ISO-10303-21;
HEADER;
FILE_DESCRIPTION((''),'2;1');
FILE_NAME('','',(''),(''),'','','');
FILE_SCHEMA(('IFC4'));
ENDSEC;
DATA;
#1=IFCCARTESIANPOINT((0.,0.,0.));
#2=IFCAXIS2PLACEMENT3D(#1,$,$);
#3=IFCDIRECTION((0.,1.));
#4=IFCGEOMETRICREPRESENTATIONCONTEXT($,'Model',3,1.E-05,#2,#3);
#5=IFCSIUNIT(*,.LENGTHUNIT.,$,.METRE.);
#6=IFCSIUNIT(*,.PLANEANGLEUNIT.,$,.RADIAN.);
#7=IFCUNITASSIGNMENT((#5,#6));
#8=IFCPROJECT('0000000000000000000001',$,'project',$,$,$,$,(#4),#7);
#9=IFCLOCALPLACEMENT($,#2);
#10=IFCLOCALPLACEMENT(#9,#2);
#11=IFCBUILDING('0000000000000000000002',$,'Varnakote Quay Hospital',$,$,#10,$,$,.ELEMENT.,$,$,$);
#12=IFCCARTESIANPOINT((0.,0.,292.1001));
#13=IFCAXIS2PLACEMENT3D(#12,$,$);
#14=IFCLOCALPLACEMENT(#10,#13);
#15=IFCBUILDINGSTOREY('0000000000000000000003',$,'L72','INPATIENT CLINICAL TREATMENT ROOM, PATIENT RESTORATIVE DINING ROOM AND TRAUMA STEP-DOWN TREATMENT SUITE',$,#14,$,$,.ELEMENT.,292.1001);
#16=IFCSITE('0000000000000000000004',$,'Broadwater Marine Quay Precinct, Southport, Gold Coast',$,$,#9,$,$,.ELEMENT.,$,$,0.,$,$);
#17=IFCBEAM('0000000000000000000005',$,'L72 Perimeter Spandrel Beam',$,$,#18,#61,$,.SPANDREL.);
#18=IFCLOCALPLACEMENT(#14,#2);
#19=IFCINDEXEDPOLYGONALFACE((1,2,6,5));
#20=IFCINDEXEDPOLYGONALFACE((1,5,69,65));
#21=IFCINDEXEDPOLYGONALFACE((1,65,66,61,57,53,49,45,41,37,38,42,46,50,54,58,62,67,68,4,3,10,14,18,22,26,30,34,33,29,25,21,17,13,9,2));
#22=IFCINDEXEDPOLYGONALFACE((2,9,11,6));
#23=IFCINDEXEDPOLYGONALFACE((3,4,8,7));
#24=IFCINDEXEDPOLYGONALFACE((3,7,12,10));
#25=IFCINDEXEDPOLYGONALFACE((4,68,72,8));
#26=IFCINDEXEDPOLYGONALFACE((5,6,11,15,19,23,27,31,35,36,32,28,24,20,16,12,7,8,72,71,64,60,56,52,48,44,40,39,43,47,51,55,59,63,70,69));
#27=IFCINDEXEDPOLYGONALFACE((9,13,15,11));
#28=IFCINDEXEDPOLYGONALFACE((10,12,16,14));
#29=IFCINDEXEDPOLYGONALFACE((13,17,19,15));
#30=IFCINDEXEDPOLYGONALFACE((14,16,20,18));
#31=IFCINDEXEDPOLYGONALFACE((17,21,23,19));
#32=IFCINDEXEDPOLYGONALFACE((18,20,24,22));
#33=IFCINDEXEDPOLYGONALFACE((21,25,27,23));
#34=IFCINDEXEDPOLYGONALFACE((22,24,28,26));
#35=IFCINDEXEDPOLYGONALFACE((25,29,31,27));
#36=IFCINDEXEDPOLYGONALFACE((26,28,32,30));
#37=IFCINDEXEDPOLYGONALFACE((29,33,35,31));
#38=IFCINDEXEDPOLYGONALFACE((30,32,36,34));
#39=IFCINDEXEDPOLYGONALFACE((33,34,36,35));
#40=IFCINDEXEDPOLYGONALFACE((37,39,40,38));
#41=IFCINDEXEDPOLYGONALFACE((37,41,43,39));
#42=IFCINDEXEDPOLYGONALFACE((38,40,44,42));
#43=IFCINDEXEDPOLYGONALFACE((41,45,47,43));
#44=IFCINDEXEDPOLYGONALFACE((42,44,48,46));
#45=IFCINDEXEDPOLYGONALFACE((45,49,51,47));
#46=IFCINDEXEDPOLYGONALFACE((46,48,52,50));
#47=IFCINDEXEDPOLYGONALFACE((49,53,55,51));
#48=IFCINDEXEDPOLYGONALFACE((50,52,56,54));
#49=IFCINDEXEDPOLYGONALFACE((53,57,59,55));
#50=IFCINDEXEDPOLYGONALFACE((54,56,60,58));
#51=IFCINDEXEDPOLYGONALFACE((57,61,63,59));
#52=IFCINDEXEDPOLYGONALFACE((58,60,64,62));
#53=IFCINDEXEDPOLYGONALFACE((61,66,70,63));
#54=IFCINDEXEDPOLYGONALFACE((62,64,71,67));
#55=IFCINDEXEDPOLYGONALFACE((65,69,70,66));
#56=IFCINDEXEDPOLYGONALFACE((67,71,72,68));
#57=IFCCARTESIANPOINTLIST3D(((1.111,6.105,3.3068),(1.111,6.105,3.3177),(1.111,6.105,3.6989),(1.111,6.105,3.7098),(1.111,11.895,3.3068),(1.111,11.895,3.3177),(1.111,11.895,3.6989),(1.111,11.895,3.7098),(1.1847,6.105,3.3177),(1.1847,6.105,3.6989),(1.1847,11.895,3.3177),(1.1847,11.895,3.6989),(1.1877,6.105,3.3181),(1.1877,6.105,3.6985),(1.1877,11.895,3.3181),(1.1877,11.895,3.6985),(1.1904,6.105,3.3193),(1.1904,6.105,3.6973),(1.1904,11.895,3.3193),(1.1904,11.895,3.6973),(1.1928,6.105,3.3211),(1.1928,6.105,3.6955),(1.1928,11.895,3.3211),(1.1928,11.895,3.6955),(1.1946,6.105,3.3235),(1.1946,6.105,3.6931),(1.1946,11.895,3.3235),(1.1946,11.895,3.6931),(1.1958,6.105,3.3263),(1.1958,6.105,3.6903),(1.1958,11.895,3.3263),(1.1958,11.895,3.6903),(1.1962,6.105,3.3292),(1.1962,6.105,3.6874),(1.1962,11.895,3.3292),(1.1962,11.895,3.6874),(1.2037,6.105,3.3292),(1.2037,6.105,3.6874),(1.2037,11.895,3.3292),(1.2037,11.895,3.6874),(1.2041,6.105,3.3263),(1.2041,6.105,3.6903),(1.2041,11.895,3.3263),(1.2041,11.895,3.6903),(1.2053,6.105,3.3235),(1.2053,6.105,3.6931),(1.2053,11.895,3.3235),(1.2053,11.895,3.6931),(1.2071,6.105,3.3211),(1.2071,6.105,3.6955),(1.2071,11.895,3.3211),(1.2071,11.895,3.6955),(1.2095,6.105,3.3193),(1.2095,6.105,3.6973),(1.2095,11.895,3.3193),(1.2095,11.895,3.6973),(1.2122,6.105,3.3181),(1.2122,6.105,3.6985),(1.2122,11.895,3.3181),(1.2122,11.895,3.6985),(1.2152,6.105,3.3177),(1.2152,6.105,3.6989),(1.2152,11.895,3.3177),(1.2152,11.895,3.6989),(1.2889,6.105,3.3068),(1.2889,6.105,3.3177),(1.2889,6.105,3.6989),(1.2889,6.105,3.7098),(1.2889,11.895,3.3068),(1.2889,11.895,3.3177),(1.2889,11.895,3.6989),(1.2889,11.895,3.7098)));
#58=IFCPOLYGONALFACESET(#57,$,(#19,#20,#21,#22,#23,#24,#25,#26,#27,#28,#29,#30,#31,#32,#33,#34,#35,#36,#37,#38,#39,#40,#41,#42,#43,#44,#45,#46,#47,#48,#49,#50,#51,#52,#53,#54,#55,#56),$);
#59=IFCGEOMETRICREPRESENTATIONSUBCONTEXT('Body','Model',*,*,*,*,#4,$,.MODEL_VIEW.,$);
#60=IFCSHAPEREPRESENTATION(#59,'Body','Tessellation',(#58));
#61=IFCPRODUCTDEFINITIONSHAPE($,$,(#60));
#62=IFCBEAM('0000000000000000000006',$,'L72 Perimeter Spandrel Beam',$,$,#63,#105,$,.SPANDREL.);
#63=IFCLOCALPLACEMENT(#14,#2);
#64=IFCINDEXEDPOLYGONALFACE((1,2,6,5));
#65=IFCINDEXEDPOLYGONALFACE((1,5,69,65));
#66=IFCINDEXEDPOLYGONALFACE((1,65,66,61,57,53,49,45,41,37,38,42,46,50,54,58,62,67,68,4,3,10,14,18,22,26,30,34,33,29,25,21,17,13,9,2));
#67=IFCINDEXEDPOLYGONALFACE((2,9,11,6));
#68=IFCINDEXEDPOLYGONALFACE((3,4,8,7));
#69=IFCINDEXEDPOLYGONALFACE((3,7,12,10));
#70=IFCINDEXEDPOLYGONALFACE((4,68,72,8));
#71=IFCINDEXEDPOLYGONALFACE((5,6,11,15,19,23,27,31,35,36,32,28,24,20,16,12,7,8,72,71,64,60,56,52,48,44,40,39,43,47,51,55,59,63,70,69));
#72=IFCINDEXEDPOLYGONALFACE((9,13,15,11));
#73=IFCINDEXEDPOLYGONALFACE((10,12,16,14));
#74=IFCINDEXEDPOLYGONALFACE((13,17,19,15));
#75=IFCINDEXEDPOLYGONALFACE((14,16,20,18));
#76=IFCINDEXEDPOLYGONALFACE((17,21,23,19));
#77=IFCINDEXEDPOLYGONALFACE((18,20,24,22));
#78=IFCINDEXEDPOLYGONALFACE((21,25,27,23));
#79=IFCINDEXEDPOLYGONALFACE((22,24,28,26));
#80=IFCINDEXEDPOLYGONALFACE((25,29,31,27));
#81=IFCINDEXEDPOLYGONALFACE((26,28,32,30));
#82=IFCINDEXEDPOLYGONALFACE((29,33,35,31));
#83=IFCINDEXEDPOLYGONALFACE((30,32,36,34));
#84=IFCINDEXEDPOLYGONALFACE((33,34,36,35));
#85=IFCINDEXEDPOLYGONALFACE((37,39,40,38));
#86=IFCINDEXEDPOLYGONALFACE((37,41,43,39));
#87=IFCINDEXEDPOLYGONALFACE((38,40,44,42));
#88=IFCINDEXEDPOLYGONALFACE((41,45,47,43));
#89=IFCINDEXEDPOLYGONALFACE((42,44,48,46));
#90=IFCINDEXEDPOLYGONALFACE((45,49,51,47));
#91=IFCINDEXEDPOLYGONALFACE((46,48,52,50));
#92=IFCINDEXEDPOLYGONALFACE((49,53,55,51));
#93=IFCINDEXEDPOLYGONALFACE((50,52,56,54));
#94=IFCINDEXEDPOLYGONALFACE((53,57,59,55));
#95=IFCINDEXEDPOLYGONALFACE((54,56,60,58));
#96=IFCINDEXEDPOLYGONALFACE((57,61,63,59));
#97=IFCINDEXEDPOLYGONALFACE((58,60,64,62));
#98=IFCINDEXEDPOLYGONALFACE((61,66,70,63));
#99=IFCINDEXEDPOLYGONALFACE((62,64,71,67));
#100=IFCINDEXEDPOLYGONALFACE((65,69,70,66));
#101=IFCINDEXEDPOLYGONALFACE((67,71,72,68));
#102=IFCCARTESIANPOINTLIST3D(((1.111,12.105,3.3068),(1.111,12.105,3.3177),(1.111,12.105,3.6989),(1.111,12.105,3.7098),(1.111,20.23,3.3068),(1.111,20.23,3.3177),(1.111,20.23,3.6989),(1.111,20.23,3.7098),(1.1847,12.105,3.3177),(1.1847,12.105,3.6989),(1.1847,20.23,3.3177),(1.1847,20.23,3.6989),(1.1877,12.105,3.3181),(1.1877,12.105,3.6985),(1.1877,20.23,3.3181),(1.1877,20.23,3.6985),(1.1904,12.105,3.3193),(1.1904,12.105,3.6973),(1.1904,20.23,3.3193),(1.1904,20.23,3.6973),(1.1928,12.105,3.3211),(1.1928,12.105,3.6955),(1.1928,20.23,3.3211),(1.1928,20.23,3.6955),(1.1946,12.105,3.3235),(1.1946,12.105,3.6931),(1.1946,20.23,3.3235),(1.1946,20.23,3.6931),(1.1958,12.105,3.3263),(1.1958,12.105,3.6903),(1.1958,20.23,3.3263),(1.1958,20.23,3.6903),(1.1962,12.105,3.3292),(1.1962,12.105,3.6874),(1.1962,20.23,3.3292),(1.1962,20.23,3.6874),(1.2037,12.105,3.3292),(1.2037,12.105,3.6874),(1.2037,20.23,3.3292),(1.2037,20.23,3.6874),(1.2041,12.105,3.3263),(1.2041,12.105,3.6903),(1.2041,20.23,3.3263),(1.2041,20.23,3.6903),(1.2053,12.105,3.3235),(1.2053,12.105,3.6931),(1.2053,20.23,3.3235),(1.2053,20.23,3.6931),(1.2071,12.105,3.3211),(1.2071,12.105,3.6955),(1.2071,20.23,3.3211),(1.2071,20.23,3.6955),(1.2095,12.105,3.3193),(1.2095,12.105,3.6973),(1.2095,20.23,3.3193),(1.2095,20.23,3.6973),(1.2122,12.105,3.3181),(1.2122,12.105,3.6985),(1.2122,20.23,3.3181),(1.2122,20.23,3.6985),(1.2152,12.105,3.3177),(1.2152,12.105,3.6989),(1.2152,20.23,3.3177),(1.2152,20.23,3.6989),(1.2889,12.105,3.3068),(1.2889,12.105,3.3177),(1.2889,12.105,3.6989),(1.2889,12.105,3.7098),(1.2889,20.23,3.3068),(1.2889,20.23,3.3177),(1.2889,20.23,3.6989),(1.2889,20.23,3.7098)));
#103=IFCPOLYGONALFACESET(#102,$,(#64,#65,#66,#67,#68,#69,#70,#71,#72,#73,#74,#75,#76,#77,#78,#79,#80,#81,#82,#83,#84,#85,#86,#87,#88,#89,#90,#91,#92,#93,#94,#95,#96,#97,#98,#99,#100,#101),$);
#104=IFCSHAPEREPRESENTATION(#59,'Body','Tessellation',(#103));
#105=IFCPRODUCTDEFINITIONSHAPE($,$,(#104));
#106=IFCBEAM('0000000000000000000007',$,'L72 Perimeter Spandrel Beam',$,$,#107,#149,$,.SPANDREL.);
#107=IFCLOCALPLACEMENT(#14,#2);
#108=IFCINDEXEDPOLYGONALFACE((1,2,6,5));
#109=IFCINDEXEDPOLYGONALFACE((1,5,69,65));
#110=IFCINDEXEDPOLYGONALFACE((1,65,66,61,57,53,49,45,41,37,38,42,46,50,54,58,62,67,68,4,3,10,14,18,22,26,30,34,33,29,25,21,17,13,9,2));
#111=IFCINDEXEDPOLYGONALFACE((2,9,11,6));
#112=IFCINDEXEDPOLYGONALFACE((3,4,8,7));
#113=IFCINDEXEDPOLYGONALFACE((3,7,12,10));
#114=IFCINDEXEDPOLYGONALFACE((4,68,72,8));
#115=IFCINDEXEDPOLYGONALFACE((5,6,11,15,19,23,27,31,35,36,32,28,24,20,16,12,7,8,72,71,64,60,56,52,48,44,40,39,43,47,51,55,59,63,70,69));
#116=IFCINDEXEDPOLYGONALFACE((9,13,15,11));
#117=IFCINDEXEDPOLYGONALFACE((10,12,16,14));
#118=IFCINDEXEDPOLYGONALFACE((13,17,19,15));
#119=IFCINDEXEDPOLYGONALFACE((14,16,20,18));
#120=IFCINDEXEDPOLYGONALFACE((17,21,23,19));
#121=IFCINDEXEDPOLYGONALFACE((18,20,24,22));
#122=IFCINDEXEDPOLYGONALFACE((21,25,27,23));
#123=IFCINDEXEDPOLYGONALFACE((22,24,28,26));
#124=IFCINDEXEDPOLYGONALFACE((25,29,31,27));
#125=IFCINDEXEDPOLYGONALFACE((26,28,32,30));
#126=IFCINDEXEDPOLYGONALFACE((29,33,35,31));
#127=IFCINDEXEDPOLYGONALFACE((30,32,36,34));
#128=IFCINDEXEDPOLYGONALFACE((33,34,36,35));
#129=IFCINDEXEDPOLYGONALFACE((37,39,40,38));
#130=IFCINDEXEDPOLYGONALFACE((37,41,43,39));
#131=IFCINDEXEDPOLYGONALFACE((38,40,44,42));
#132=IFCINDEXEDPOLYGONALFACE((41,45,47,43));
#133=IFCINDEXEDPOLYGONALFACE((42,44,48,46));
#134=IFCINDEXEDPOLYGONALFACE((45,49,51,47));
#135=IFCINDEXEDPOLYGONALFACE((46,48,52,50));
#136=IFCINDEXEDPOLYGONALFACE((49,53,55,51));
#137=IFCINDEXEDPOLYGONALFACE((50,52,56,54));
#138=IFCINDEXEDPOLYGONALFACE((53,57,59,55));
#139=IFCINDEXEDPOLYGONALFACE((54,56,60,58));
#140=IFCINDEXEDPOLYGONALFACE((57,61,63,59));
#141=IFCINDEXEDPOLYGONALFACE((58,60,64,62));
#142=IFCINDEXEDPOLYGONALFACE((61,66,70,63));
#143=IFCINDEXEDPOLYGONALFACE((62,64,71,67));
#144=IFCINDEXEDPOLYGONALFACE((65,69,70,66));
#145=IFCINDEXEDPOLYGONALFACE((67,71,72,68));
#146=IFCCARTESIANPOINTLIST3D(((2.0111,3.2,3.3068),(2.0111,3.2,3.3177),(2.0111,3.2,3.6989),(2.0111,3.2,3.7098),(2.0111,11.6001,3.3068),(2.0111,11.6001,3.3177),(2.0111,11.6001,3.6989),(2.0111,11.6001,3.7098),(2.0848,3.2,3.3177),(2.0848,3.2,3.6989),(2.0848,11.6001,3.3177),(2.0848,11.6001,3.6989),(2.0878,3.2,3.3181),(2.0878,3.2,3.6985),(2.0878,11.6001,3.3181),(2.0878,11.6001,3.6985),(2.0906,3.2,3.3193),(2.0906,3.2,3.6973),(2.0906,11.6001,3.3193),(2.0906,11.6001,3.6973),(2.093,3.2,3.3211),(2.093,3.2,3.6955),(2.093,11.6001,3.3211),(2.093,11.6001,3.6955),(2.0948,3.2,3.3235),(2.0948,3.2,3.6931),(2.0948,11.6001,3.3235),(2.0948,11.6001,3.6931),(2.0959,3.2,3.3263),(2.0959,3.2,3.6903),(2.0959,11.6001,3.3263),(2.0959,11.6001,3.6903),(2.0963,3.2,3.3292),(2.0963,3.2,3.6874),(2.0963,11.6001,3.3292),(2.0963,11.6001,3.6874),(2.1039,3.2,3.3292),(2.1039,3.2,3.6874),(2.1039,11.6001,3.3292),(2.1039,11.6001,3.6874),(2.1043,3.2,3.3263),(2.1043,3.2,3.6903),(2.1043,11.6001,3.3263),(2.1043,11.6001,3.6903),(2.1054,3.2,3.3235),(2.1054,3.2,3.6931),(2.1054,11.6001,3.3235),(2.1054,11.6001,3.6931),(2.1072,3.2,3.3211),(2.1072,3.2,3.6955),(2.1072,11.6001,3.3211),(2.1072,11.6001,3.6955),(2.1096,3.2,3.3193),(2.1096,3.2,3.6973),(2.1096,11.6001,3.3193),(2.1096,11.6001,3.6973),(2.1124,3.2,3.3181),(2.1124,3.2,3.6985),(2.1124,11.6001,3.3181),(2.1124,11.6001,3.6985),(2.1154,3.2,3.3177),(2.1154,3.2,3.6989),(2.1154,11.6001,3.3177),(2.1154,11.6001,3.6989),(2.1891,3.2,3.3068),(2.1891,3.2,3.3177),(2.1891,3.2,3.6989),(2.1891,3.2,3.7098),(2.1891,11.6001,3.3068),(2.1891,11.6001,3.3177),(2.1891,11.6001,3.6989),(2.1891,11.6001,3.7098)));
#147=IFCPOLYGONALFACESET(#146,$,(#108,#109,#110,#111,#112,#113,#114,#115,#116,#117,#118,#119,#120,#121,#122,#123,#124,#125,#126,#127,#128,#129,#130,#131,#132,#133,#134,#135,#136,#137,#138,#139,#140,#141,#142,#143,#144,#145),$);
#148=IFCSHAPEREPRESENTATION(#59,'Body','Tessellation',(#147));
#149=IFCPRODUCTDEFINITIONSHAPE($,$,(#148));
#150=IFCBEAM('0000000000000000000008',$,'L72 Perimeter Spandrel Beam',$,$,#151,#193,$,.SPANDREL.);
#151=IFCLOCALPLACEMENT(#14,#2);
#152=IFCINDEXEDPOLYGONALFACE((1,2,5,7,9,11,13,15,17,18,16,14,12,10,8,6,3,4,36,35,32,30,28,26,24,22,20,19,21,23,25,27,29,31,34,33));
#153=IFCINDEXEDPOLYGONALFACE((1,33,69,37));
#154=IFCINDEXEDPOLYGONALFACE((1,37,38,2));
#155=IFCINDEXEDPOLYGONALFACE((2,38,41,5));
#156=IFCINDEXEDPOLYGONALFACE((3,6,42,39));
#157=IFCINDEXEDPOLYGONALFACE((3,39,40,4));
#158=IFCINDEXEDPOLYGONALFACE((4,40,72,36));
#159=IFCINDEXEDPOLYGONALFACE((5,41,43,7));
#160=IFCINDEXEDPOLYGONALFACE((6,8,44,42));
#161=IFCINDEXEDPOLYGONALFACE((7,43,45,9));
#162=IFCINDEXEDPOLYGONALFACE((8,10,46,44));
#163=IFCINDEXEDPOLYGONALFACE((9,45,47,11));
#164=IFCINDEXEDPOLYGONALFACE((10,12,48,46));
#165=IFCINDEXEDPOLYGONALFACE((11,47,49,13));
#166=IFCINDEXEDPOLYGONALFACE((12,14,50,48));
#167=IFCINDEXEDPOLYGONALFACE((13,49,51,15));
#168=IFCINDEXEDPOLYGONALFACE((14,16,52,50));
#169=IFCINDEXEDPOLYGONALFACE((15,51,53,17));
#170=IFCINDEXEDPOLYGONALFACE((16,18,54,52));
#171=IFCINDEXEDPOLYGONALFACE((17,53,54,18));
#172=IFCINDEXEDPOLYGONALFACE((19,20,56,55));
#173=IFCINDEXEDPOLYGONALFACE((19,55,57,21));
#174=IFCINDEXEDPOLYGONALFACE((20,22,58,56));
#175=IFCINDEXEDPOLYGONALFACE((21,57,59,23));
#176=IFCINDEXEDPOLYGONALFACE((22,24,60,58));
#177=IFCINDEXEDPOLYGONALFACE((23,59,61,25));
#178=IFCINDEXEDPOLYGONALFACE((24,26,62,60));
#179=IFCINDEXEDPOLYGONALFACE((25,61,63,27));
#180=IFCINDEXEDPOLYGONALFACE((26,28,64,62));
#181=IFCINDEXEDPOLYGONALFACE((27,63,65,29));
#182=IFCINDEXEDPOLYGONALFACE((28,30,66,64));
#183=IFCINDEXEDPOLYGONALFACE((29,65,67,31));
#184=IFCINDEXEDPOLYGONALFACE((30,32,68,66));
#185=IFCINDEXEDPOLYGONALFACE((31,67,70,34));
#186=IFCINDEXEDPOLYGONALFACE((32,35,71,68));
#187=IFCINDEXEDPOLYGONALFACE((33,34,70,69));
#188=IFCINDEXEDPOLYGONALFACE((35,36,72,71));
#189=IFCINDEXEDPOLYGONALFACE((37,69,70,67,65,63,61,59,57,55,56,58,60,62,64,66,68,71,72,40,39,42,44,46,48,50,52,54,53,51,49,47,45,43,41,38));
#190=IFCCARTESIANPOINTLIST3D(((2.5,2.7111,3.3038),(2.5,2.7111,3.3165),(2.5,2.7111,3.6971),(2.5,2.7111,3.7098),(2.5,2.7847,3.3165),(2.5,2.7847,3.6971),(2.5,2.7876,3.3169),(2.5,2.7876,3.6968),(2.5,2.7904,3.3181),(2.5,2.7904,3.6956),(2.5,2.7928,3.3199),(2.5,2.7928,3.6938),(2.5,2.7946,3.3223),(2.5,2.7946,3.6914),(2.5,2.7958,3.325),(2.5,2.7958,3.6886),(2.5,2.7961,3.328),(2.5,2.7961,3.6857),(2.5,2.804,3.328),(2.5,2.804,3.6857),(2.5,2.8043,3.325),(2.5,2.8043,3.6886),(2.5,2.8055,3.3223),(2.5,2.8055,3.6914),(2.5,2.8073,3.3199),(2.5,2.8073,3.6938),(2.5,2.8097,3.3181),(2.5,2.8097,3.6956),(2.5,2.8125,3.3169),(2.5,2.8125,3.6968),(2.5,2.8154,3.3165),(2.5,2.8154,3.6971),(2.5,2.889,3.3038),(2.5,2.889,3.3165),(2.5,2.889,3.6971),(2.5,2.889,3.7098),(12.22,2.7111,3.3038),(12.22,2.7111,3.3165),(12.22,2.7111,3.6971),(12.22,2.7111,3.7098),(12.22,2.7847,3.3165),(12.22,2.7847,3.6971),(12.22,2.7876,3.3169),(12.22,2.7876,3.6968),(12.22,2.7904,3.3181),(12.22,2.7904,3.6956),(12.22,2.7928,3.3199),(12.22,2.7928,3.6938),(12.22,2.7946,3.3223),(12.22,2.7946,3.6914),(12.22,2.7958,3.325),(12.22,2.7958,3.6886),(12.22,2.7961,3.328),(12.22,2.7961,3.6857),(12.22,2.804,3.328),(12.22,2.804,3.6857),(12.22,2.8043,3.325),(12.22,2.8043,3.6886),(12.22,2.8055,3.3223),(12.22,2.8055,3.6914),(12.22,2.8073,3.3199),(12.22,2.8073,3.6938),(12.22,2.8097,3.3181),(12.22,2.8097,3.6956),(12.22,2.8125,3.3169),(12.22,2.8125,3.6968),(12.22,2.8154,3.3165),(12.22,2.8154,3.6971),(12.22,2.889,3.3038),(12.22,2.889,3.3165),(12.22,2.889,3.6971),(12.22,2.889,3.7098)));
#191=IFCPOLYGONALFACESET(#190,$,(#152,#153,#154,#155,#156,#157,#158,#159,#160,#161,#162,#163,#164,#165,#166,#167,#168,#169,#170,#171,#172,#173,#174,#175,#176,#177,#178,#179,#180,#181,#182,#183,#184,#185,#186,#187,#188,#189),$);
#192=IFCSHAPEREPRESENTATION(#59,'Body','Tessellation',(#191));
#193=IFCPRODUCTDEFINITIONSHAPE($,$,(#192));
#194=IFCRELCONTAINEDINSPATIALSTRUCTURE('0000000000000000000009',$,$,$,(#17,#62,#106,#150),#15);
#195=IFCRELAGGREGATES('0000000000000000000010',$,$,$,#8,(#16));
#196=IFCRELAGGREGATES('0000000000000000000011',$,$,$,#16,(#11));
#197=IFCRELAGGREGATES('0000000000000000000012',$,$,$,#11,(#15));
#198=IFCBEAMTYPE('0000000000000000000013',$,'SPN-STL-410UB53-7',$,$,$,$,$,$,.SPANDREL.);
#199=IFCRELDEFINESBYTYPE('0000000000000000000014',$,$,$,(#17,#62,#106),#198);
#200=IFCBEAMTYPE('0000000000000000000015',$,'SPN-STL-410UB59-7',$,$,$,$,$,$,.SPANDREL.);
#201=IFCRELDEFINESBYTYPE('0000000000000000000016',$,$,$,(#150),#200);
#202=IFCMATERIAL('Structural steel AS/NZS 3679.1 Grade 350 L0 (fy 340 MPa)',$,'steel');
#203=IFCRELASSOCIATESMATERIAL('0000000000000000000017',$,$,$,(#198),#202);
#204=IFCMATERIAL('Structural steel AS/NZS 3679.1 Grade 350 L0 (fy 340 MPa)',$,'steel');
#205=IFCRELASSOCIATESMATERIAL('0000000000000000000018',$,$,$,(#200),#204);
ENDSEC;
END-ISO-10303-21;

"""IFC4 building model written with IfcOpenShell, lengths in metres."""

from ifc_helpers import new_model, si_unit, direction, frame, origin, origin_2d, place, context, subcontext, project, spatial, i_section, extrude, material, material_profile, profile_set, type_object, element, save


model = new_model("IFC4")

# Units and contexts
model_context = context("Model", 3, precision=1e-05, world=origin(), true_north=direction((0.0, 1.0)))
body_context = subcontext(model_context, "Body", "Model", "MODEL_VIEW")
ifc_project = project(units=[si_unit("LENGTHUNIT", "METRE"), si_unit("PLANEANGLEUNIT", "RADIAN")], contexts=[model_context])

# Site, building, storey
site_placement = place(None, origin())
site = spatial("IfcSite", under=ifc_project, at=site_placement, Name="Broadwater Marine Quay Precinct, Southport, Gold Coast", CompositionType="ELEMENT", RefElevation=0.0)
building_placement = place(site_placement, origin())
building = spatial("IfcBuilding", under=site, at=building_placement, Name="Varnakote Quay Hospital", CompositionType="ELEMENT")
storey_placement = place(building_placement, frame((0.0, 0.0, 292.1001)))
storey = spatial("IfcBuildingStorey", under=building, at=storey_placement, Name="L72", Description="INPATIENT CLINICAL TREATMENT ROOM, PATIENT RESTORATIVE DINING ROOM AND TRAUMA STEP-DOWN TREATMENT SUITE", CompositionType="ELEMENT", Elevation=292.1001)

# Beams
ifc_material_1 = material(Name="Structural steel AS/NZS 3679.1 Grade 350 L0 (fy 340 MPa)", Category="steel")
ifc_material_profile_1 = material_profile(ifc_material_1, i_section(OverallWidth=0.178, OverallDepth=0.4031, WebThickness=0.0076, FlangeThickness=0.011, FilletRadius=0.0115, at=origin_2d()), Name="410UB53.7")
ifc_profile_set_1 = profile_set([ifc_material_profile_1], Name="Structural steel AS/NZS 3679.1 Grade 350 L0 (fy 340 MPa)")
beam_type_1 = type_object("IfcBeamType", Name="SPN-STL-410UB53-7", PredefinedType="SPANDREL", material=ifc_profile_set_1)
beam_1_placement = place(storey_placement, frame((1.2, 6.105, 3.5083), z_axis=(0.0, 1.0, 0.0), x_axis=(-1.0, 0.0, 0.0)))
element("IfcBeam", 1, at=beam_1_placement, inside=storey, type_object=beam_type_1, Name="L72 Perimeter Spandrel Beam", PredefinedType="SPANDREL", context=body_context, shape_type="SweptSolid", body=[
    extrude(i_section(OverallWidth=0.178, OverallDepth=0.4031, WebThickness=0.0076, FlangeThickness=0.011, FilletRadius=0.0115, at=origin_2d()), origin(), (0.0, 0.0, 1.0), 5.79),
])
beam_2_placement = place(storey_placement, frame((1.2, 12.105, 3.5083), z_axis=(0.0, 1.0, 0.0), x_axis=(-1.0, 0.0, 0.0)))
element("IfcBeam", 2, at=beam_2_placement, inside=storey, type_object=beam_type_1, Name="L72 Perimeter Spandrel Beam", PredefinedType="SPANDREL", context=body_context, shape_type="SweptSolid", body=[
    extrude(i_section(OverallWidth=0.178, OverallDepth=0.4031, WebThickness=0.0076, FlangeThickness=0.011, FilletRadius=0.0115, at=origin_2d()), origin(), (0.0, 0.0, 1.0), 8.125),
])
beam_3_placement = place(storey_placement, frame((2.1001, 3.2, 3.5083), z_axis=(0.0, 1.0, 0.0), x_axis=(-1.0, 0.0, 0.0)))
element("IfcBeam", 3, at=beam_3_placement, inside=storey, type_object=beam_type_1, Name="L72 Perimeter Spandrel Beam", PredefinedType="SPANDREL", context=body_context, shape_type="SweptSolid", body=[
    extrude(i_section(OverallWidth=0.178, OverallDepth=0.4031, WebThickness=0.0076, FlangeThickness=0.011, FilletRadius=0.0115, at=origin_2d()), origin(), (0.0, 0.0, 1.0), 8.4001),
])
ifc_material_2 = material(Name="Structural steel AS/NZS 3679.1 Grade 350 L0 (fy 340 MPa)", Category="steel")
ifc_material_profile_2 = material_profile(ifc_material_2, i_section(OverallWidth=0.178, OverallDepth=0.406, WebThickness=0.0078, FlangeThickness=0.0127, FilletRadius=0.0115, at=origin_2d()), Name="410UB59.7")
ifc_profile_set_2 = profile_set([ifc_material_profile_2], Name="Structural steel AS/NZS 3679.1 Grade 350 L0 (fy 340 MPa)")
beam_type_2 = type_object("IfcBeamType", Name="SPN-STL-410UB59-7", PredefinedType="SPANDREL", material=ifc_profile_set_2)
beam_4_placement = place(storey_placement, frame((2.5, 2.8, 3.5068), z_axis=(1.0, 0.0, 0.0), x_axis=(0.0, 1.0, 0.0)))
element("IfcBeam", 4, at=beam_4_placement, inside=storey, type_object=beam_type_2, Name="L72 Perimeter Spandrel Beam", PredefinedType="SPANDREL", context=body_context, shape_type="SweptSolid", body=[
    extrude(i_section(OverallWidth=0.178, OverallDepth=0.406, WebThickness=0.0078, FlangeThickness=0.0127, FilletRadius=0.0115, at=origin_2d()), origin(), (0.0, 0.0, 1.0), 9.72),
])

save(model, "model.ifc")
